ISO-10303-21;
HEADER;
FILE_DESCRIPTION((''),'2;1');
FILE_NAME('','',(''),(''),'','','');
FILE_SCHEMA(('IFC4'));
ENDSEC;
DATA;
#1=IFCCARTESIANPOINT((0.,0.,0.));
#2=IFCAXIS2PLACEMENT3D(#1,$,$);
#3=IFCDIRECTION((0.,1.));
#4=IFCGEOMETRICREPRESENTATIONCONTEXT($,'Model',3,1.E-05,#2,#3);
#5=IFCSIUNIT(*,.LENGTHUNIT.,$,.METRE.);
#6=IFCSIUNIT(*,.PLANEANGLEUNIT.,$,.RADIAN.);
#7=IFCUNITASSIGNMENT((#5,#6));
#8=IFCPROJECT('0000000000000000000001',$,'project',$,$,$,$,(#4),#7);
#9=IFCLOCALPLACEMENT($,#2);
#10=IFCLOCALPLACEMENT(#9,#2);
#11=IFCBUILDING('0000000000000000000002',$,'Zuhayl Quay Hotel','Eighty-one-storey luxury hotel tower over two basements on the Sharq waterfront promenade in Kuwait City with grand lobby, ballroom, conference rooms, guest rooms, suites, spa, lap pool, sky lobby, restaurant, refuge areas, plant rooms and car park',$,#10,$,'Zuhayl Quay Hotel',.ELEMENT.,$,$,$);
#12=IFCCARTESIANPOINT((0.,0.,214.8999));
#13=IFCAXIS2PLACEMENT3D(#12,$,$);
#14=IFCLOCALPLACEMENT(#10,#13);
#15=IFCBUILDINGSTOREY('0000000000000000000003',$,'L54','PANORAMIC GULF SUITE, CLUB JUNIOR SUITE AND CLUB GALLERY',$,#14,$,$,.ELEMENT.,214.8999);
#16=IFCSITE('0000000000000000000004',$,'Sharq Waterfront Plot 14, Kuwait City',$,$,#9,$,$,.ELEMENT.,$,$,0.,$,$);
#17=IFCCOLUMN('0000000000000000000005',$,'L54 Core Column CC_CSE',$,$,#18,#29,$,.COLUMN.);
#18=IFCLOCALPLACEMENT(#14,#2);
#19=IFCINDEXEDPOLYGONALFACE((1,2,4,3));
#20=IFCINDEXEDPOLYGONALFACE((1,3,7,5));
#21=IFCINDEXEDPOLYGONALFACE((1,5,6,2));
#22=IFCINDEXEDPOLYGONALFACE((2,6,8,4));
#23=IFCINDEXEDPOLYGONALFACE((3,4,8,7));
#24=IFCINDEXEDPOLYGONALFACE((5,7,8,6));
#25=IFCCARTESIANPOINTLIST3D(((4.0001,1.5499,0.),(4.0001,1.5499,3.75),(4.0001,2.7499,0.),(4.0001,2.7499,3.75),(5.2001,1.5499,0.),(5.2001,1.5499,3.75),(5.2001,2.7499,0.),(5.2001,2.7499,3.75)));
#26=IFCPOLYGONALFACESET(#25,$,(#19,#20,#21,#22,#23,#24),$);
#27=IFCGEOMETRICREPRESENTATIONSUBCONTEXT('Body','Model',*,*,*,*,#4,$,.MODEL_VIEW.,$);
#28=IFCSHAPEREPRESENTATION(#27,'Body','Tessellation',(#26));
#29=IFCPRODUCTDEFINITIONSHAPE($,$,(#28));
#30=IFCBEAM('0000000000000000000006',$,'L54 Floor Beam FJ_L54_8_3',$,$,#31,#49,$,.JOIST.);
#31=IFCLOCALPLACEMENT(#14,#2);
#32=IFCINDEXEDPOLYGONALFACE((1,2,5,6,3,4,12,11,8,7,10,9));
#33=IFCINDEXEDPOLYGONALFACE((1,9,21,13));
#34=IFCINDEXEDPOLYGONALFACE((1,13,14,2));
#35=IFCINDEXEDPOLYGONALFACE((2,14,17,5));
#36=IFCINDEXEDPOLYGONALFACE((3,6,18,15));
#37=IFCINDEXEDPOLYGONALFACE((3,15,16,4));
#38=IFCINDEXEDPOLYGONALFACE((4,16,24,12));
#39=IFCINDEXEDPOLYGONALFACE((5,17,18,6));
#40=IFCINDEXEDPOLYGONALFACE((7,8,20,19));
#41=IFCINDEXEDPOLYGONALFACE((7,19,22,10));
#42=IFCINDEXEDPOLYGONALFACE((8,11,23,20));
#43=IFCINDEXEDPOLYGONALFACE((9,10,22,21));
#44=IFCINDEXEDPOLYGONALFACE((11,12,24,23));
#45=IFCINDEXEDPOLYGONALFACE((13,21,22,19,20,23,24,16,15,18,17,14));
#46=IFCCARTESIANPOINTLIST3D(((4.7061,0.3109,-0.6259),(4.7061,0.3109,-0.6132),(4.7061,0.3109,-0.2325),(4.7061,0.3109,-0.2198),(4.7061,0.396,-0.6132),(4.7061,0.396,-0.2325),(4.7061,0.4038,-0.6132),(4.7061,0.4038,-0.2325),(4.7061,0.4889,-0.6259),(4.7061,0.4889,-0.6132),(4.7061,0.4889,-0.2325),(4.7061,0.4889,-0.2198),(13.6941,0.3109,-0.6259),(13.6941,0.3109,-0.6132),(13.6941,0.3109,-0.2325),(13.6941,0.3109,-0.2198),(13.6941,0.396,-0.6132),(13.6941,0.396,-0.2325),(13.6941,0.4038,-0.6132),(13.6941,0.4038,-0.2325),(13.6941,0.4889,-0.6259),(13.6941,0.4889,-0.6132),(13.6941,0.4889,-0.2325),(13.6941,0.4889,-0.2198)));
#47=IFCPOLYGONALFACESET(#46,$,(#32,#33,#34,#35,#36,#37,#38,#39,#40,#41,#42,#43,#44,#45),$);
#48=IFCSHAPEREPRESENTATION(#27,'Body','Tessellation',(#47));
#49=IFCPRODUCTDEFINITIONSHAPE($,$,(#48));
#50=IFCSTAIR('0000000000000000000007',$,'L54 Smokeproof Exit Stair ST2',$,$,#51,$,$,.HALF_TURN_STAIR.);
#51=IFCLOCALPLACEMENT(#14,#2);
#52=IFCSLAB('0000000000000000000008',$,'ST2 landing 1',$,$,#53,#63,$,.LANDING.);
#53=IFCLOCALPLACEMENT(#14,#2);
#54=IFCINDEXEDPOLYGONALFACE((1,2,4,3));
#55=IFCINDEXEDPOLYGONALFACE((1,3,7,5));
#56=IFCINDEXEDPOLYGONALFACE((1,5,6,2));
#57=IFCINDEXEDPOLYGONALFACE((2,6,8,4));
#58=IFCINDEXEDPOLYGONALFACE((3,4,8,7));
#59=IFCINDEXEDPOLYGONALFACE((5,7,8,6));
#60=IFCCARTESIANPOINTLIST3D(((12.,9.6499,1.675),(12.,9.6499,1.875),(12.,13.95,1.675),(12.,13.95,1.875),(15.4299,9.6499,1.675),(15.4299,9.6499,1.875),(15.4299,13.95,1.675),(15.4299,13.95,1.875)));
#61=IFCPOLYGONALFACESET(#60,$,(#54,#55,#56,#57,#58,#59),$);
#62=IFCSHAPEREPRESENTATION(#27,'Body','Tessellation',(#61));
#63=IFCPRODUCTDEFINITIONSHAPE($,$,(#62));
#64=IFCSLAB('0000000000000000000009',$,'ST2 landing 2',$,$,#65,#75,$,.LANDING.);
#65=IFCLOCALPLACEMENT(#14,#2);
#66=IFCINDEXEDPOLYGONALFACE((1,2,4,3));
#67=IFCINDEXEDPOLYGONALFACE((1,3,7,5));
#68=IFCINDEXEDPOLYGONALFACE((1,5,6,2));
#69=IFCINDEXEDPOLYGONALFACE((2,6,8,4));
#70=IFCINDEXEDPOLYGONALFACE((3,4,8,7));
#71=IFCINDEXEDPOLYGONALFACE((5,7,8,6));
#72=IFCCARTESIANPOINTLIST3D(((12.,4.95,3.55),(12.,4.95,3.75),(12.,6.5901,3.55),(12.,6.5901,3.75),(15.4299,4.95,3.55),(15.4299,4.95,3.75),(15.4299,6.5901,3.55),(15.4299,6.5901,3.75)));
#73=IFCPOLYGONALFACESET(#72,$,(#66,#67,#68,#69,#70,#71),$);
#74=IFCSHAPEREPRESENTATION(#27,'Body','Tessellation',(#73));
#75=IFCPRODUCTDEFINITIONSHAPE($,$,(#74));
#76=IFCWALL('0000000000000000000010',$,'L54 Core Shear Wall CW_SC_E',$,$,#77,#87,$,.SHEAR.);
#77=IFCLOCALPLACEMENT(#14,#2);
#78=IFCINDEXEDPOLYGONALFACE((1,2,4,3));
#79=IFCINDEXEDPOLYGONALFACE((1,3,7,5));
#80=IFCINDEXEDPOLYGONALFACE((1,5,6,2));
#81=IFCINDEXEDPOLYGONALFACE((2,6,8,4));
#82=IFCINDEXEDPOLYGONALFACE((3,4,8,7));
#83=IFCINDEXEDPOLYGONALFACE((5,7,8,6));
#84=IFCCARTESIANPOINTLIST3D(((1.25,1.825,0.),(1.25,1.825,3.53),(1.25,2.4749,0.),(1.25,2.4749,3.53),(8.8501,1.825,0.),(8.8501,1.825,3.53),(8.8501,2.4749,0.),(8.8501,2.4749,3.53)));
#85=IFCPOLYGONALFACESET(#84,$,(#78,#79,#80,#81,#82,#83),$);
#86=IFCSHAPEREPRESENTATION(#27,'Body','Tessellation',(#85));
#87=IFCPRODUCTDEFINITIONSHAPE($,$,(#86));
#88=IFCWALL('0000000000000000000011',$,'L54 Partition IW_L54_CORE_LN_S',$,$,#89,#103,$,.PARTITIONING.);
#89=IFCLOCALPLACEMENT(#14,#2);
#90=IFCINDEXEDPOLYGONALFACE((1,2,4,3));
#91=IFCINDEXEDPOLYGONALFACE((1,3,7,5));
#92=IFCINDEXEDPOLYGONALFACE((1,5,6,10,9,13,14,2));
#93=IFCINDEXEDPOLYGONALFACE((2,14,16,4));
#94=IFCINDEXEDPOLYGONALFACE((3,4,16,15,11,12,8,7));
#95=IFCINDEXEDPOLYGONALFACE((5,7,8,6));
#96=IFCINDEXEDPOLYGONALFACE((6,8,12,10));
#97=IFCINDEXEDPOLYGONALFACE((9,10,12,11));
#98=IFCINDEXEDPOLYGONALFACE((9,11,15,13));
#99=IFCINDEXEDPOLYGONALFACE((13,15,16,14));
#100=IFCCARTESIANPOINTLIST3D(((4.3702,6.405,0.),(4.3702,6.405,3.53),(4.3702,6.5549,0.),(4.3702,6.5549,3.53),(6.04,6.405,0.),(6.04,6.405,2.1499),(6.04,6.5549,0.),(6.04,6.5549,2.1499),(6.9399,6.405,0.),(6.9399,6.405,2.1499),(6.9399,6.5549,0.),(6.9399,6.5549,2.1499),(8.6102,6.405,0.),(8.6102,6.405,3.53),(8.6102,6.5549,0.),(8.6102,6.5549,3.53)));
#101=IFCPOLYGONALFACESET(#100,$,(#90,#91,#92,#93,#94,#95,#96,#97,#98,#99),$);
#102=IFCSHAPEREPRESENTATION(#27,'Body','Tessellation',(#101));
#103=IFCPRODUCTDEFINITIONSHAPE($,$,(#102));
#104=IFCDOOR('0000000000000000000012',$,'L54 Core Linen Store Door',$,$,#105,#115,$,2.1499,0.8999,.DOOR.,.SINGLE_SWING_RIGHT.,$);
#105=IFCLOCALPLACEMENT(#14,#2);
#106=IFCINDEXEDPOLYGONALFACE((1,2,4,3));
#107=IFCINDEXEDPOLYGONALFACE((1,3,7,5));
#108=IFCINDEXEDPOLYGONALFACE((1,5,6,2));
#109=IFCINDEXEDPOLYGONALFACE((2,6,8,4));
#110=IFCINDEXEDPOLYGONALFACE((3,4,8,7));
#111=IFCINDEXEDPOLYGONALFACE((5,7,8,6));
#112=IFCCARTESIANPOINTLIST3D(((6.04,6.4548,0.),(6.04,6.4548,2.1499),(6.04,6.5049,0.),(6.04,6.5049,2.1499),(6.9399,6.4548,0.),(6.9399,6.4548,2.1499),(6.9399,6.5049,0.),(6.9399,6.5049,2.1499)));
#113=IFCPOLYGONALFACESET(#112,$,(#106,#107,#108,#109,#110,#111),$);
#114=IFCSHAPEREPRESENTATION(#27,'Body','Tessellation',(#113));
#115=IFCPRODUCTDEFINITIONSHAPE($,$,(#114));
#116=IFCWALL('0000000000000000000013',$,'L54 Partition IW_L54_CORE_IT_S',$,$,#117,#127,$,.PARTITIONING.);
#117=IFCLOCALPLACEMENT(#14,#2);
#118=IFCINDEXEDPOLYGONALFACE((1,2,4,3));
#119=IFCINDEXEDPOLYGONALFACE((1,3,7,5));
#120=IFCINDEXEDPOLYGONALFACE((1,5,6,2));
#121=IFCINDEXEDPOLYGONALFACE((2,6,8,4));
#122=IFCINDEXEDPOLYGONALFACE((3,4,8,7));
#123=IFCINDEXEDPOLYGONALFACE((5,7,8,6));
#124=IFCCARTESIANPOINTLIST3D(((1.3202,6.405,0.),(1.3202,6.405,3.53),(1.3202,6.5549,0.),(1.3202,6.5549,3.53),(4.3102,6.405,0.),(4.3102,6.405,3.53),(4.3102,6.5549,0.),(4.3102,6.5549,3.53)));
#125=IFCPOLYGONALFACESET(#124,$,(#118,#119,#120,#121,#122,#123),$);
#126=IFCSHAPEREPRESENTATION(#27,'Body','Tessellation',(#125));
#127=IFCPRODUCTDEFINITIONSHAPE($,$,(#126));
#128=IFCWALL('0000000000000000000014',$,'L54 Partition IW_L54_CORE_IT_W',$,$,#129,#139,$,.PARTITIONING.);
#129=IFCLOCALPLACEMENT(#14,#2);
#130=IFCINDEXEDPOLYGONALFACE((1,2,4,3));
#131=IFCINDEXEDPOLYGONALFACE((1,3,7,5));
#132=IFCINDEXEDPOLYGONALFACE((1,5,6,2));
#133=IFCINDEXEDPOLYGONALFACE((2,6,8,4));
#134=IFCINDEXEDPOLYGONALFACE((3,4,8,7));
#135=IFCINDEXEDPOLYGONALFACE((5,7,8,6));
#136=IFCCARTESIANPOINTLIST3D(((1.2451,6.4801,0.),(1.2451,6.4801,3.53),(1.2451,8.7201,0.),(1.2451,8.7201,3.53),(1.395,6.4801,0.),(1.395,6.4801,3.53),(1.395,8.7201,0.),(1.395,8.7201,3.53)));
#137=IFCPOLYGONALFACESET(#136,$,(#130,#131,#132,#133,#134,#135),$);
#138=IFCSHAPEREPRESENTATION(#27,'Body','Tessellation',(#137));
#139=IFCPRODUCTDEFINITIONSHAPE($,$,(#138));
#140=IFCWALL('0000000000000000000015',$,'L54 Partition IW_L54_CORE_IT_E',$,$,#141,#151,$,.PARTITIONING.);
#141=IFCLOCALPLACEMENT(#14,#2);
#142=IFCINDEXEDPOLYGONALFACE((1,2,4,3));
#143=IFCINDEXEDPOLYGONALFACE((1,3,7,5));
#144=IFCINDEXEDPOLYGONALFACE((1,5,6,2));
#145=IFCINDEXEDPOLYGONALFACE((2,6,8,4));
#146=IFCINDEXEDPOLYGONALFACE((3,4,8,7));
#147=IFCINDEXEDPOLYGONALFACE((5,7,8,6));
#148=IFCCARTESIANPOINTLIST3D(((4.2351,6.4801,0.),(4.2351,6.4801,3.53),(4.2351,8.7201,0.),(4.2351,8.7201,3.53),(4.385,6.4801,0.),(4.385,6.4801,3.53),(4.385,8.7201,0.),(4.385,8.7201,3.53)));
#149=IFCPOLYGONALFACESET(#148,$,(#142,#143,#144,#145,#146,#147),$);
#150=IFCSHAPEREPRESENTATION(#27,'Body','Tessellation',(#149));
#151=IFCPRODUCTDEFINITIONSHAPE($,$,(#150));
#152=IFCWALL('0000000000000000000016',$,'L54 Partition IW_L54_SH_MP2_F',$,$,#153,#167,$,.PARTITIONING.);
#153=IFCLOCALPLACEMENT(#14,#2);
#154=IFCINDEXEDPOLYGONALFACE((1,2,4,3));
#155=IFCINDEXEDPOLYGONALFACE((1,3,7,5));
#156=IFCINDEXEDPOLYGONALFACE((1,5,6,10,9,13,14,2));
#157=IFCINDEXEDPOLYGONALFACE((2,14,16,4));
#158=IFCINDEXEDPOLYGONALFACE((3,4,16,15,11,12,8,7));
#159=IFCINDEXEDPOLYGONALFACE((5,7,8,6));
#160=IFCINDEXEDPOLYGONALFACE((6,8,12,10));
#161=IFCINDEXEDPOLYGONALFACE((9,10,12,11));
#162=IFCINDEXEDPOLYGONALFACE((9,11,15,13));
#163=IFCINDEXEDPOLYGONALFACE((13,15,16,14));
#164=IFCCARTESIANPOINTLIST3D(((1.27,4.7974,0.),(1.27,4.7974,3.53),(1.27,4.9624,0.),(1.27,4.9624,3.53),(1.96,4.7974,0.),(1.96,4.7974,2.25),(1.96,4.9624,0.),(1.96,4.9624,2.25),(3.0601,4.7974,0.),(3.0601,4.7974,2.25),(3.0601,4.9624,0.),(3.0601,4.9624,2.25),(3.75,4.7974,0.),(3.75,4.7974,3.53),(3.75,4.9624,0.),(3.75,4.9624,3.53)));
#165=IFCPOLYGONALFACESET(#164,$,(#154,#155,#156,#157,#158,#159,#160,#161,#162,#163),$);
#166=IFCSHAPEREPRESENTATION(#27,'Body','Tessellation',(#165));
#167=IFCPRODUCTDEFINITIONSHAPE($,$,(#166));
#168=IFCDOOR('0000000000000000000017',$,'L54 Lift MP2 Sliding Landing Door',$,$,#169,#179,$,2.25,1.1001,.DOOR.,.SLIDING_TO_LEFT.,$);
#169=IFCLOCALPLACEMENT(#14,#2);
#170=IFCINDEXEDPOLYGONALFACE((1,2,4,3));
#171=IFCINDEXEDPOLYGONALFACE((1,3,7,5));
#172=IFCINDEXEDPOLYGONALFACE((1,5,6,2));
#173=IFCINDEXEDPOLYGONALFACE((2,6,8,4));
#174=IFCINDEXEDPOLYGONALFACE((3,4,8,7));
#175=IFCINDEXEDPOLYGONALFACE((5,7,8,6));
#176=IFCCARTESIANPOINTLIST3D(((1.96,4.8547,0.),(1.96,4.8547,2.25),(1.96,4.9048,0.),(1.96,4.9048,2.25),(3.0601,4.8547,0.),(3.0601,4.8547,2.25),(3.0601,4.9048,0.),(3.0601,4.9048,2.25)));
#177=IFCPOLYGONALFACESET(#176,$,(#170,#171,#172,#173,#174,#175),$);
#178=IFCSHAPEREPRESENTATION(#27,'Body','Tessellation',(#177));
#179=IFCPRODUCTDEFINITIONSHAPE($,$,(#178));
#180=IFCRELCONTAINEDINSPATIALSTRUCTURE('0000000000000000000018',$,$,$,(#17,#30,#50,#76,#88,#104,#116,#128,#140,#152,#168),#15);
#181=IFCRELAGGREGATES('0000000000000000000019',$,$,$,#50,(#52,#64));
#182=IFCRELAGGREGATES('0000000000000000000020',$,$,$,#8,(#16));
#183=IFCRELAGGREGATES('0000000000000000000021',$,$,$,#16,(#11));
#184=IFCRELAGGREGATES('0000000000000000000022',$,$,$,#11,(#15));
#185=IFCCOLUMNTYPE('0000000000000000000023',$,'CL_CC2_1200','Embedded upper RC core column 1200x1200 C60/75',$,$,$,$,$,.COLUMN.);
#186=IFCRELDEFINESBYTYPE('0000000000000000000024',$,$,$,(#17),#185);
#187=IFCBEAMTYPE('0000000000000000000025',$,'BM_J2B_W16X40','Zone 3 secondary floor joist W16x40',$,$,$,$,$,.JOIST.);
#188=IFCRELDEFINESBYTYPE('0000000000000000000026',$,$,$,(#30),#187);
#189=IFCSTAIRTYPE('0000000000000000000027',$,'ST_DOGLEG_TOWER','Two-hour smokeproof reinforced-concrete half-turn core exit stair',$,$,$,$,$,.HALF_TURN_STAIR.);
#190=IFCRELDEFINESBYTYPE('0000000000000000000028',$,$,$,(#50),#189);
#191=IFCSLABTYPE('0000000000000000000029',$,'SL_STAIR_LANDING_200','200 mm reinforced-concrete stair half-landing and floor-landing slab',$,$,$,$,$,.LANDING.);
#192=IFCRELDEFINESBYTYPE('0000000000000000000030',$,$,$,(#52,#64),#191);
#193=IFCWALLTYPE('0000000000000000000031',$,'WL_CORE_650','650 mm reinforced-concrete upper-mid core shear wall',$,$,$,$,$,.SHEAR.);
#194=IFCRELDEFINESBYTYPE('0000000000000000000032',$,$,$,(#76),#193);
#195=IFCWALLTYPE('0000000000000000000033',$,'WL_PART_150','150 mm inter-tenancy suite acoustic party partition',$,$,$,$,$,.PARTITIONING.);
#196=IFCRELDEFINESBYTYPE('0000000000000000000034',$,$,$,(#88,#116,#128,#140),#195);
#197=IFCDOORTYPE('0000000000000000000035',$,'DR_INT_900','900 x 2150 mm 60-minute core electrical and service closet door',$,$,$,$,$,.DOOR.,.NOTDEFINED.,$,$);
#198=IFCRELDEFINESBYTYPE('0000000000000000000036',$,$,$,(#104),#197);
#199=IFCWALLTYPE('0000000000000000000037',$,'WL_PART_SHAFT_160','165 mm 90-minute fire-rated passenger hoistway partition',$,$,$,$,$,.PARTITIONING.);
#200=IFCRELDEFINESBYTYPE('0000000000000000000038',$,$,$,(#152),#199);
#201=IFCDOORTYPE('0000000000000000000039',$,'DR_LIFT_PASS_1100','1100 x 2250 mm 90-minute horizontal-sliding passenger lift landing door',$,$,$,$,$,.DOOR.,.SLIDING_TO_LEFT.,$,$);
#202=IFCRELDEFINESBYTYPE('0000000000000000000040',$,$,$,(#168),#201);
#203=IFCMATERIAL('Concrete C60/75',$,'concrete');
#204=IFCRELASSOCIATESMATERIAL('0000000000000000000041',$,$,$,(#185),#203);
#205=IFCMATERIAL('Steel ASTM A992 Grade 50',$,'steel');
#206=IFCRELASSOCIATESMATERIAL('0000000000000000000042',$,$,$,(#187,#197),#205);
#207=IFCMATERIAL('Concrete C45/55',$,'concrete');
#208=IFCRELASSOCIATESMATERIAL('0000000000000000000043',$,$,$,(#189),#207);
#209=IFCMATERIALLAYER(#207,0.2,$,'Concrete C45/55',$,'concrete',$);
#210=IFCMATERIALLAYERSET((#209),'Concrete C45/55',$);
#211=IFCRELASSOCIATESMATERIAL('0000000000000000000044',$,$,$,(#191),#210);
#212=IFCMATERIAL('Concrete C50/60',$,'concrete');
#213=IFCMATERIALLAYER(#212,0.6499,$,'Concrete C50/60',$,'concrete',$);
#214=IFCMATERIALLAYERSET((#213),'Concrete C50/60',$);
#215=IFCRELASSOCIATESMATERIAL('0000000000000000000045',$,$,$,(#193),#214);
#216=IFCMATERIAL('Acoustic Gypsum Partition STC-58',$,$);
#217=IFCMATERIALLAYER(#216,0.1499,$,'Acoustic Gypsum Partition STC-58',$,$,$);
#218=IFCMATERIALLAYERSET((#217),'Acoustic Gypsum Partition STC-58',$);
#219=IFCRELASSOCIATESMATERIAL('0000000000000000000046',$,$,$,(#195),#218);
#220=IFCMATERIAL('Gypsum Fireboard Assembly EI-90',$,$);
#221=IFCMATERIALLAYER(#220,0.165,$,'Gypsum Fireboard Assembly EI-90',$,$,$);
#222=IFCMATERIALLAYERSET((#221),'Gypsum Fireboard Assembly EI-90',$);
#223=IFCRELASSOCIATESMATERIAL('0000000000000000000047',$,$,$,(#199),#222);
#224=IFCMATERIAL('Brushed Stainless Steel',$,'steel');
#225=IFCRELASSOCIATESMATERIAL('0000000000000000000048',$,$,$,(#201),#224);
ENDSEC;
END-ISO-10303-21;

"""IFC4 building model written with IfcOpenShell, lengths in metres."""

from ifc_helpers import new_model, si_unit, direction, frame, frame_2d, origin, origin_2d, place, context, subcontext, project, spatial, polyline, rectangle, i_section, outline, extrude, material, layer, layer_set, material_profile, profile_set, type_object, element, fill, aggregate, save


model = new_model("IFC4")

# Units and contexts
model_context = context("Model", 3, precision=1e-05, world=origin(), true_north=direction((0.0, 1.0)))
body_context = subcontext(model_context, "Body", "Model", "MODEL_VIEW")
ifc_project = project(units=[si_unit("LENGTHUNIT", "METRE"), si_unit("PLANEANGLEUNIT", "RADIAN")], contexts=[model_context])

# Site, building, storey
site_placement = place(None, origin())
site = spatial("IfcSite", under=ifc_project, at=site_placement, Name="Sharq Waterfront Plot 14, Kuwait City", CompositionType="ELEMENT", RefElevation=0.0)
building_placement = place(site_placement, origin())
building = spatial("IfcBuilding", under=site, at=building_placement, Name="Zuhayl Quay Hotel", Description="Eighty-one-storey luxury hotel tower over two basements on the Sharq waterfront promenade in Kuwait City with grand lobby, ballroom, conference rooms, guest rooms, suites, spa, lap pool, sky lobby, restaurant, refuge areas, plant rooms and car park", LongName="Zuhayl Quay Hotel", CompositionType="ELEMENT")
storey_placement = place(building_placement, frame((0.0, 0.0, 214.8999)))
storey = spatial("IfcBuildingStorey", under=building, at=storey_placement, Name="L54", Description="PANORAMIC GULF SUITE, CLUB JUNIOR SUITE AND CLUB GALLERY", CompositionType="ELEMENT", Elevation=214.8999)

# Column
ifc_material_1 = material(Name="Concrete C60/75", Category="concrete")
ifc_material_profile_1 = material_profile(ifc_material_1, rectangle(XDim=1.2, YDim=1.2, at=origin_2d()), Name="RC1200X1200")
ifc_profile_set_1 = profile_set([ifc_material_profile_1], Name="Concrete C60/75")
column_type = type_object("IfcColumnType", Name="CL_CC2_1200", Description="Embedded upper RC core column 1200x1200 C60/75", PredefinedType="COLUMN", material=ifc_profile_set_1)
column_placement = place(storey_placement, frame((4.6001, 2.1499, 0.0), z_axis=(0.0, 0.0, 1.0), x_axis=(1.0, 0.0, 0.0)))
element("IfcColumn", 1, at=column_placement, inside=storey, type_object=column_type, Name="L54 Core Column CC_CSE", PredefinedType="COLUMN", context=body_context, shape_type="SweptSolid", body=[
    extrude(rectangle(XDim=1.2, YDim=1.2, at=origin_2d()), origin(), (0.0, 0.0, 1.0), 3.75),
])

# Beam
ifc_material_2 = material(Name="Steel ASTM A992 Grade 50", Category="steel")
ifc_material_profile_2 = material_profile(ifc_material_2, i_section(OverallWidth=0.178, OverallDepth=0.406, WebThickness=0.0078, FlangeThickness=0.0127, at=origin_2d()), Name="W16X40")
ifc_profile_set_2 = profile_set([ifc_material_profile_2], Name="Steel ASTM A992 Grade 50")
beam_type = type_object("IfcBeamType", Name="BM_J2B_W16X40", Description="Zone 3 secondary floor joist W16x40", PredefinedType="JOIST", material=ifc_profile_set_2)
beam_placement = place(storey_placement, frame((4.7061, 0.3999, -0.4229), z_axis=(1.0, 0.0, 0.0), x_axis=(0.0, 1.0, 0.0)))
element("IfcBeam", 2, at=beam_placement, inside=storey, type_object=beam_type, Name="L54 Floor Beam FJ_L54_8_3", PredefinedType="JOIST", context=body_context, shape_type="SweptSolid", body=[
    extrude(i_section(OverallWidth=0.178, OverallDepth=0.406, WebThickness=0.0078, FlangeThickness=0.0127, at=origin_2d()), origin(), (0.0, 0.0, 1.0), 8.988),
])

# Stair, slabs
ifc_material_3 = material(Name="Concrete C45/55", Category="concrete")
stair_type = type_object("IfcStairType", Name="ST_DOGLEG_TOWER", Description="Two-hour smokeproof reinforced-concrete half-turn core exit stair", PredefinedType="HALF_TURN_STAIR", material=ifc_material_3)
stair_placement = place(storey_placement, origin())
stair = element("IfcStair", 3, at=stair_placement, inside=storey, type_object=stair_type, Name="L54 Smokeproof Exit Stair ST2", PredefinedType="HALF_TURN_STAIR")
ifc_layer_1 = layer(ifc_material_3, 0.2, Name="Concrete C45/55", Category="concrete")
ifc_layer_set_1 = layer_set([ifc_layer_1], Name="Concrete C45/55")
slab_type = type_object("IfcSlabType", Name="SL_STAIR_LANDING_200", Description="200 mm reinforced-concrete stair half-landing and floor-landing slab", PredefinedType="LANDING", material=ifc_layer_set_1)
slab_1_placement = place(storey_placement, frame((0.0, 0.0, 1.675)))
slab_1 = element("IfcSlab", 4, at=slab_1_placement, type_object=slab_type, Name="ST2 landing 1", PredefinedType="LANDING", context=body_context, shape_type="SweptSolid", body=[
    extrude(outline(polyline([(15.4299, 9.6499), (15.4299, 13.95), (12.0, 13.95), (12.0, 9.6499), (15.4299, 9.6499)])), origin(), (0.0, 0.0, 1.0), 0.2),
])
slab_2_placement = place(storey_placement, frame((0.0, 0.0, 3.55)))
slab_2 = element("IfcSlab", 5, at=slab_2_placement, type_object=slab_type, Name="ST2 landing 2", PredefinedType="LANDING", context=body_context, shape_type="SweptSolid", body=[
    extrude(outline(polyline([(15.4299, 4.95), (15.4299, 6.5901), (12.0, 6.5901), (12.0, 4.95), (15.4299, 4.95)])), origin(), (0.0, 0.0, 1.0), 0.2),
])
aggregate(stair, [slab_1, slab_2])

# Wall
ifc_material_4 = material(Name="Concrete C50/60", Category="concrete")
ifc_layer_2 = layer(ifc_material_4, 0.6499, Name="Concrete C50/60", Category="concrete")
ifc_layer_set_2 = layer_set([ifc_layer_2], Name="Concrete C50/60")
wall_type_1 = type_object("IfcWallType", Name="WL_CORE_650", Description="650 mm reinforced-concrete upper-mid core shear wall", PredefinedType="SHEAR", material=ifc_layer_set_2)
wall_1_placement = place(storey_placement, frame((1.25, 2.1499, 0.0), z_axis=(0.0, 0.0, 1.0), x_axis=(1.0, 0.0, 0.0)))
element("IfcWall", 6, at=wall_1_placement, inside=storey, type_object=wall_type_1, Name="L54 Core Shear Wall CW_SC_E", PredefinedType="SHEAR", context=body_context, shape_type="SweptSolid", body=[
    extrude(rectangle(XDim=7.6001, YDim=0.6499, at=frame_2d((3.8, 0.0))), origin(), (0.0, 0.0, 1.0), 3.53),
])

# Wall, opening, door
ifc_material_5 = material(Name="Acoustic Gypsum Partition STC-58")
ifc_layer_3 = layer(ifc_material_5, 0.1499, Name="Acoustic Gypsum Partition STC-58")
ifc_layer_set_3 = layer_set([ifc_layer_3], Name="Acoustic Gypsum Partition STC-58")
wall_type_2 = type_object("IfcWallType", Name="WL_PART_150", Description="150 mm inter-tenancy suite acoustic party partition", PredefinedType="PARTITIONING", material=ifc_layer_set_3)
wall_2_placement = place(storey_placement, frame((4.3701, 6.48, 0.0), z_axis=(0.0, 0.0, 1.0), x_axis=(1.0, 0.0, 0.0)))
wall_2 = element("IfcWall", 7, at=wall_2_placement, inside=storey, type_object=wall_type_2, Name="L54 Partition IW_L54_CORE_LN_S", PredefinedType="PARTITIONING", context=body_context, shape_type="SweptSolid", body=[
    extrude(rectangle(XDim=4.24, YDim=0.1499, at=frame_2d((2.1201, 0.0))), origin(), (0.0, 0.0, 1.0), 3.53),
])
opening_1_placement = place(wall_2_placement, frame((1.6699, 0.0, 0.0)))
opening_1 = element("IfcOpeningElement", 8, at=opening_1_placement, cuts=wall_2, PredefinedType="OPENING", context=body_context, shape_type="SweptSolid", body=[
    extrude(rectangle(XDim=0.8999, YDim=2.1499, at=frame_2d((0.45, 1.075))), frame((0.0, 0.085, 0.0), z_axis=(0.0, -1.0, 0.0), x_axis=(1.0, 0.0, 0.0)), (0.0, 0.0, 1.0), 0.1699),
])
door_type_1 = type_object("IfcDoorType", Name="DR_INT_900", Description="900 x 2150 mm 60-minute core electrical and service closet door", OperationType="NOTDEFINED", PredefinedType="DOOR", material=ifc_material_2)
door_1_placement = place(opening_1_placement, origin())
door_1 = element("IfcDoor", 9, at=door_1_placement, inside=storey, type_object=door_type_1, Name="L54 Core Linen Store Door", OperationType="SINGLE_SWING_RIGHT", OverallHeight=2.1499, OverallWidth=0.8999, PredefinedType="DOOR", context=body_context, shape_type="SweptSolid", body=[
    extrude(rectangle(XDim=0.8999, YDim=2.1499, at=frame_2d((0.45, 1.075))), frame((0.0, 0.0249, 0.0), z_axis=(0.0, -1.0, 0.0), x_axis=(1.0, 0.0, 0.0)), (0.0, 0.0, 1.0), 0.05),
])
fill(opening_1, door_1)

# Walls
wall_3_placement = place(storey_placement, frame((1.3201, 6.48, 0.0), z_axis=(0.0, 0.0, 1.0), x_axis=(1.0, 0.0, 0.0)))
element("IfcWall", 10, at=wall_3_placement, inside=storey, type_object=wall_type_2, Name="L54 Partition IW_L54_CORE_IT_S", PredefinedType="PARTITIONING", context=body_context, shape_type="SweptSolid", body=[
    extrude(rectangle(XDim=2.99, YDim=0.1499, at=frame_2d((1.4951, 0.0))), origin(), (0.0, 0.0, 1.0), 3.53),
])
for number, where, z_axis, x_axis, name in (
    (11, (1.3201, 6.48, 0.0), (0.0, 0.0, 1.0), (0.0, 1.0, 0.0), "L54 Partition IW_L54_CORE_IT_W"),
    (12, (4.3101, 6.48, 0.0), (0.0, 0.0, 1.0), (0.0, 1.0, 0.0), "L54 Partition IW_L54_CORE_IT_E"),
):
    element("IfcWall", number, at=place(storey_placement, frame(where, z_axis=z_axis, x_axis=x_axis)), inside=storey, type_object=wall_type_2, Name=name, PredefinedType="PARTITIONING", context=body_context, shape_type="SweptSolid", body=[
        extrude(rectangle(XDim=2.24, YDim=0.1499, at=frame_2d((1.1201, 0.0))), origin(), (0.0, 0.0, 1.0), 3.53),
    ])

# Wall, opening, door
ifc_material_6 = material(Name="Gypsum Fireboard Assembly EI-90")
ifc_layer_4 = layer(ifc_material_6, 0.165, Name="Gypsum Fireboard Assembly EI-90")
ifc_layer_set_4 = layer_set([ifc_layer_4], Name="Gypsum Fireboard Assembly EI-90")
wall_type_3 = type_object("IfcWallType", Name="WL_PART_SHAFT_160", Description="165 mm 90-minute fire-rated passenger hoistway partition", PredefinedType="PARTITIONING", material=ifc_layer_set_4)
wall_4_placement = place(storey_placement, frame((1.27, 4.8799, 0.0), z_axis=(0.0, 0.0, 1.0), x_axis=(1.0, 0.0, 0.0)))
wall_4 = element("IfcWall", 13, at=wall_4_placement, inside=storey, type_object=wall_type_3, Name="L54 Partition IW_L54_SH_MP2_F", PredefinedType="PARTITIONING", context=body_context, shape_type="SweptSolid", body=[
    extrude(rectangle(XDim=2.48, YDim=0.165, at=frame_2d((1.24, 0.0))), origin(), (0.0, 0.0, 1.0), 3.53),
])
opening_2_placement = place(wall_4_placement, frame((0.6899, 0.0, 0.0)))
opening_2 = element("IfcOpeningElement", 14, at=opening_2_placement, cuts=wall_4, PredefinedType="OPENING", context=body_context, shape_type="SweptSolid", body=[
    extrude(rectangle(XDim=1.1001, YDim=2.25, at=frame_2d((0.55, 1.125))), frame((0.0, 0.0925, 0.0), z_axis=(0.0, -1.0, 0.0), x_axis=(1.0, 0.0, 0.0)), (0.0, 0.0, 1.0), 0.1851),
])
ifc_material_7 = material(Name="Brushed Stainless Steel", Category="steel")
door_type_2 = type_object("IfcDoorType", Name="DR_LIFT_PASS_1100", Description="1100 x 2250 mm 90-minute horizontal-sliding passenger lift landing door", OperationType="SLIDING_TO_LEFT", PredefinedType="DOOR", material=ifc_material_7)
door_2_placement = place(opening_2_placement, origin())
door_2 = element("IfcDoor", 15, at=door_2_placement, inside=storey, type_object=door_type_2, Name="L54 Lift MP2 Sliding Landing Door", OperationType="SLIDING_TO_LEFT", OverallHeight=2.25, OverallWidth=1.1001, PredefinedType="DOOR", context=body_context, shape_type="SweptSolid", body=[
    extrude(rectangle(XDim=1.1001, YDim=2.25, at=frame_2d((0.55, 1.125))), frame((0.0, 0.0249, 0.0), z_axis=(0.0, -1.0, 0.0), x_axis=(1.0, 0.0, 0.0)), (0.0, 0.0, 1.0), 0.05),
])
fill(opening_2, door_2)

save(model, "model.ifc")
